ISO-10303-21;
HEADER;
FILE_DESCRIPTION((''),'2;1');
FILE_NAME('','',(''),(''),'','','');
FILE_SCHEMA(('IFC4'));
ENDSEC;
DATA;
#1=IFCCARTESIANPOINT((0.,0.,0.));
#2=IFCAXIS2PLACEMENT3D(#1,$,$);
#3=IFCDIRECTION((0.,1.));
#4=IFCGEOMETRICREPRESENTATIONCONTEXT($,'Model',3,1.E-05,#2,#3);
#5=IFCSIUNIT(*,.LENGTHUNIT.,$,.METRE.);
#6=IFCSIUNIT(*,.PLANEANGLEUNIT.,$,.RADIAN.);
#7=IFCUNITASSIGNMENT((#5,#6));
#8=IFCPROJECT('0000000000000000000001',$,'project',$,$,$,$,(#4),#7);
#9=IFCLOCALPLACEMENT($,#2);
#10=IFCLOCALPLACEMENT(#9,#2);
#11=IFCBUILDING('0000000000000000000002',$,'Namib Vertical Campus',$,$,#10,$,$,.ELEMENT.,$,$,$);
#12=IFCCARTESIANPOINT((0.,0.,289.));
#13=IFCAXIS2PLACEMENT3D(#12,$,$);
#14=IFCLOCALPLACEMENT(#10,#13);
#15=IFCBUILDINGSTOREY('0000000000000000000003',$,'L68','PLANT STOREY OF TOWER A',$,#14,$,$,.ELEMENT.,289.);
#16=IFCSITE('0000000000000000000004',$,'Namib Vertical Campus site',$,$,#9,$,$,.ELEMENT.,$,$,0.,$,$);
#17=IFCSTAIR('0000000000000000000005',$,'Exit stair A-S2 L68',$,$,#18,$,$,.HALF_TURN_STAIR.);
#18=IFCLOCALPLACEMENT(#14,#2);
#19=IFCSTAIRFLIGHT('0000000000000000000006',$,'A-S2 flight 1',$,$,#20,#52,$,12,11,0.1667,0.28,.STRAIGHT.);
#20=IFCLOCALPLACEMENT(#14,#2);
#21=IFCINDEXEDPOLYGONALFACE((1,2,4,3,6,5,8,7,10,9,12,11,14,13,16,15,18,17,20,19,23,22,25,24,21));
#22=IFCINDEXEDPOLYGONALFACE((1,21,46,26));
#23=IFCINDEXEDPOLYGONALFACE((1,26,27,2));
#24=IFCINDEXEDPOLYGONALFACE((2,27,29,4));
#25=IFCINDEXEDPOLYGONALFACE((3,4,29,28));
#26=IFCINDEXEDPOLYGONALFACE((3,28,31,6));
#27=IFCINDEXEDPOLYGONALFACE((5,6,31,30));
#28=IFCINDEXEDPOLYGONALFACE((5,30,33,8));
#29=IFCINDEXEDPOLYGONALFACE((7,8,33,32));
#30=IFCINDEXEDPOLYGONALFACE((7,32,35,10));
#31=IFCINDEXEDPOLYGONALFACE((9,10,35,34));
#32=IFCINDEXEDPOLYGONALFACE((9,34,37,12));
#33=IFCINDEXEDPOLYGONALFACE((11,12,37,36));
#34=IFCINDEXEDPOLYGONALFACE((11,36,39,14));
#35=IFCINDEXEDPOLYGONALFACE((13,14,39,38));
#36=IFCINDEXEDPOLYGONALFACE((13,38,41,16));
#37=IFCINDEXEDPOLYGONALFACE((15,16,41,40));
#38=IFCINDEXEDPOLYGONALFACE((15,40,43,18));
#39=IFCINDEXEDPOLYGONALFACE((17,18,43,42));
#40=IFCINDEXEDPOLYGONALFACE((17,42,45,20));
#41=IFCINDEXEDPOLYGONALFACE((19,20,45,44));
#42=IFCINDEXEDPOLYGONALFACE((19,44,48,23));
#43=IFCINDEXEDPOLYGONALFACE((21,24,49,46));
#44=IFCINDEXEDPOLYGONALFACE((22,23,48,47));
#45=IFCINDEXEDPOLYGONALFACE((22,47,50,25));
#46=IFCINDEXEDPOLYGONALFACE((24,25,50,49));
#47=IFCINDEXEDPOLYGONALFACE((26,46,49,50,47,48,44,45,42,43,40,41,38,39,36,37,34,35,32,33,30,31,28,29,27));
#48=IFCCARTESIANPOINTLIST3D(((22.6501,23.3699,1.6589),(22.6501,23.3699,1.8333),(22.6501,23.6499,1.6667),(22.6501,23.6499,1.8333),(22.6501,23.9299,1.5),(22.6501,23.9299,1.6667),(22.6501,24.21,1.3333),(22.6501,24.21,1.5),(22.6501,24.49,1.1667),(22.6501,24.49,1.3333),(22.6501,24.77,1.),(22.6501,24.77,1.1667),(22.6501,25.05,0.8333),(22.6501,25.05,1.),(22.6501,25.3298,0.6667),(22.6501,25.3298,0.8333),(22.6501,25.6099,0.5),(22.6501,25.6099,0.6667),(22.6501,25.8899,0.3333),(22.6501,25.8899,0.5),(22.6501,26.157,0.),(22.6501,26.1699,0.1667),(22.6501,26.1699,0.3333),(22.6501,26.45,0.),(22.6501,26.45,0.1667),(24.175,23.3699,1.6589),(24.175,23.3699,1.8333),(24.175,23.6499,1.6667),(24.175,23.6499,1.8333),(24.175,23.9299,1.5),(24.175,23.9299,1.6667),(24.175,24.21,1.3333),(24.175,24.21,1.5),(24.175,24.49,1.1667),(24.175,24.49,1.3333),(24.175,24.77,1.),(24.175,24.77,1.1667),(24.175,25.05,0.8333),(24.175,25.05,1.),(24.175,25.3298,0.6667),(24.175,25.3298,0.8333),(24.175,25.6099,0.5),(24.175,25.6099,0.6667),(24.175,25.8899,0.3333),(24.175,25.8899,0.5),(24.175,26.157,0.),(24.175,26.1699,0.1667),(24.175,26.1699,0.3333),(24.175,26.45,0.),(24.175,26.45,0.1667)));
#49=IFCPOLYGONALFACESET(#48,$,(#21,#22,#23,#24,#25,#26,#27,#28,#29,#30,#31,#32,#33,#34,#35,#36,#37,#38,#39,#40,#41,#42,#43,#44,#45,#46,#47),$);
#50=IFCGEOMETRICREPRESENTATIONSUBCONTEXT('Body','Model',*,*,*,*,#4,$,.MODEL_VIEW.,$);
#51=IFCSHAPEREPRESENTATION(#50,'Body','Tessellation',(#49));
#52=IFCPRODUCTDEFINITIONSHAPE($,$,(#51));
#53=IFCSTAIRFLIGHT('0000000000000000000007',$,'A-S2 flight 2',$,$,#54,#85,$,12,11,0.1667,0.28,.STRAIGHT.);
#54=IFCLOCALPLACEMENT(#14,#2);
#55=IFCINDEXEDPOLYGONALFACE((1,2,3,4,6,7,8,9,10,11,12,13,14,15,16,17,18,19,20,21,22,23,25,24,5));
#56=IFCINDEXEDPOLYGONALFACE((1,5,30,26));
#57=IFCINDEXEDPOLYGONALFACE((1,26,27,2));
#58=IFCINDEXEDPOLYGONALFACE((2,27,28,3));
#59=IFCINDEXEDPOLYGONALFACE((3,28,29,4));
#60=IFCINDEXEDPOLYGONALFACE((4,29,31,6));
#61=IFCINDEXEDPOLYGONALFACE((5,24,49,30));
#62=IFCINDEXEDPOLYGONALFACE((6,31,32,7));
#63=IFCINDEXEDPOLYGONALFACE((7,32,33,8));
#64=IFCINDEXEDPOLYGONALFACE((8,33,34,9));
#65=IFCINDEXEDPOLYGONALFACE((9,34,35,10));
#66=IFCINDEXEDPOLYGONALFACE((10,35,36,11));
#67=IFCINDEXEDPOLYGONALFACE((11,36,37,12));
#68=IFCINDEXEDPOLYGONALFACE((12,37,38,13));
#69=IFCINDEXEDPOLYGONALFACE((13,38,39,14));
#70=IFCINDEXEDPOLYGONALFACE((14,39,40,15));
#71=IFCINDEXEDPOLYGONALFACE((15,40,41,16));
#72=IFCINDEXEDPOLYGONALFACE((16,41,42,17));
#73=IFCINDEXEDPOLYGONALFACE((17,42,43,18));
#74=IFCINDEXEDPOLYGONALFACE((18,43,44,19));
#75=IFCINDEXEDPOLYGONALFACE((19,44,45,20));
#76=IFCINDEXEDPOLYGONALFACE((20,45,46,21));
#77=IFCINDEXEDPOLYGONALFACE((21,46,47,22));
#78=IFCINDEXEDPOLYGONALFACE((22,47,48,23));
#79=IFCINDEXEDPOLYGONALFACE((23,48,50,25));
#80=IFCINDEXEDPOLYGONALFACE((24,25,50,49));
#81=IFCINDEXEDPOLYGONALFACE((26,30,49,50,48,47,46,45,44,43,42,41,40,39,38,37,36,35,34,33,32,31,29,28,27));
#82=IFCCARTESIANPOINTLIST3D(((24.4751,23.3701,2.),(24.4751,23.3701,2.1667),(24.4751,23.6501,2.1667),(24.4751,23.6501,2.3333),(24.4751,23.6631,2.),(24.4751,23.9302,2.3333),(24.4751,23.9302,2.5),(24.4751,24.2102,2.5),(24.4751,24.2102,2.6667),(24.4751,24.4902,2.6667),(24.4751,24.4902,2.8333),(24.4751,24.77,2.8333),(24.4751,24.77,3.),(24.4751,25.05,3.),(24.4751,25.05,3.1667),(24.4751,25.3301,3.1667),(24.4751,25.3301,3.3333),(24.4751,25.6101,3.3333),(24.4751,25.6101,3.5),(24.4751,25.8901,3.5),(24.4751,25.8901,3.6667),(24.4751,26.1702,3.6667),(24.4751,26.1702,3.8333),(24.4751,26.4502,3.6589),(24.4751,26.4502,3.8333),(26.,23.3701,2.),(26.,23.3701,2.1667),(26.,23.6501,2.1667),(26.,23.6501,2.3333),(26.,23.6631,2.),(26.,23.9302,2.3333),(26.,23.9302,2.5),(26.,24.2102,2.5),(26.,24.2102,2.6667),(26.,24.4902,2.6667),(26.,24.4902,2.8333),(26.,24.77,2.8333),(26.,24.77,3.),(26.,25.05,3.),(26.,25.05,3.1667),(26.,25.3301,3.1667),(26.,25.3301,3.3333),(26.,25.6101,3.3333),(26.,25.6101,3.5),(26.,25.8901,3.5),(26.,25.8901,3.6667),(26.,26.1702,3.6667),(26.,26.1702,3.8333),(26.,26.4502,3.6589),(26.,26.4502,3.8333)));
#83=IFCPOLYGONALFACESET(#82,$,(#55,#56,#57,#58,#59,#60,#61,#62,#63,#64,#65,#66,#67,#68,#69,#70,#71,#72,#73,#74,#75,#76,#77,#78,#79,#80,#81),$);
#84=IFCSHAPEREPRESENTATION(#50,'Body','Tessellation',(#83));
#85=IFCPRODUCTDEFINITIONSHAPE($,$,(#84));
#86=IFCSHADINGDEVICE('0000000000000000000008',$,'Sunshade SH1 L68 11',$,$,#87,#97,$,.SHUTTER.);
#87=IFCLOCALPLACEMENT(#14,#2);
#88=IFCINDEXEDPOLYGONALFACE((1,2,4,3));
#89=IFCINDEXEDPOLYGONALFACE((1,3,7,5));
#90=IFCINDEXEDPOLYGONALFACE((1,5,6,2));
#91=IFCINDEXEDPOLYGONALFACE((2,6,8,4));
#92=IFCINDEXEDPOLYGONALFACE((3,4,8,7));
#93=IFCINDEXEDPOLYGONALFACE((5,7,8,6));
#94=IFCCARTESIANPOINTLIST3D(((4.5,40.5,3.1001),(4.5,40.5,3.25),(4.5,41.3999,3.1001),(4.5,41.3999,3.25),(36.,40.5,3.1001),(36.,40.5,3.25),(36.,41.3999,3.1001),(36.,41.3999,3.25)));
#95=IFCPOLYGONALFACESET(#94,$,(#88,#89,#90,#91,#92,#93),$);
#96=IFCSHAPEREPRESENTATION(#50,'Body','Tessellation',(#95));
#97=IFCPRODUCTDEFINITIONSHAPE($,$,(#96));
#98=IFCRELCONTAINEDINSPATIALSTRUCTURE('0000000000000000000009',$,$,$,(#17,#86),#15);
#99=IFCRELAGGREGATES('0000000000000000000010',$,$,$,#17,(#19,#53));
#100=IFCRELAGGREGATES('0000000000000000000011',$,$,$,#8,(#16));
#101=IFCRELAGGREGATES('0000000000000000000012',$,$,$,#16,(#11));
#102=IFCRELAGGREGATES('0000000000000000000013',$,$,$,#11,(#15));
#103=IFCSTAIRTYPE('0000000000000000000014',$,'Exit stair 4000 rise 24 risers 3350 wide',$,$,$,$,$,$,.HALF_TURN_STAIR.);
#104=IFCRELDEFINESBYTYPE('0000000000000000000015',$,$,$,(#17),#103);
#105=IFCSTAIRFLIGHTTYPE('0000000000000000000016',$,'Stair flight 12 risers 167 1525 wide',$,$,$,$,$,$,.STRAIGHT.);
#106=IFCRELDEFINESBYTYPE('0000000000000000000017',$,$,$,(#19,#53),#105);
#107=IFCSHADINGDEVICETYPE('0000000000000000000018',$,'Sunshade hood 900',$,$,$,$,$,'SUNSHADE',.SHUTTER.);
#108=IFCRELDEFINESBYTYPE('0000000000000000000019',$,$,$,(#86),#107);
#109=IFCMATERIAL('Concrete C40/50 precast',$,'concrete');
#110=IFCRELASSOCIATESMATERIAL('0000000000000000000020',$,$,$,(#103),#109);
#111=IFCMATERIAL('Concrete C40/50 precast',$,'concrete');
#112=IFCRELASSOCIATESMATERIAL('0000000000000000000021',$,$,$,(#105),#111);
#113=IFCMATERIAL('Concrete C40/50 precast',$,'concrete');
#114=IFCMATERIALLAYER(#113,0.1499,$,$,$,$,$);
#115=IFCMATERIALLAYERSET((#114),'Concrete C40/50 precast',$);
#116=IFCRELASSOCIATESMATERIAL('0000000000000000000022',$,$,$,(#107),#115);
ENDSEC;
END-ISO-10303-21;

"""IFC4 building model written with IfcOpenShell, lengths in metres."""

from ifc_helpers import new_model, si_unit, direction, frame, origin, origin_2d, place, context, subcontext, project, spatial, polyline, rectangle, outline, extrude, material, layer, layer_set, type_object, element, aggregate, save


model = new_model("IFC4")

# Units and contexts
model_context = context("Model", 3, precision=1e-05, world=origin(), true_north=direction((0.0, 1.0)))
body_context = subcontext(model_context, "Body", "Model", "MODEL_VIEW")
ifc_project = project(units=[si_unit("LENGTHUNIT", "METRE"), si_unit("PLANEANGLEUNIT", "RADIAN")], contexts=[model_context])

# Site, building, storey
site_placement = place(None, origin())
site = spatial("IfcSite", under=ifc_project, at=site_placement, Name="Namib Vertical Campus site", CompositionType="ELEMENT", RefElevation=0.0)
building_placement = place(site_placement, origin())
building = spatial("IfcBuilding", under=site, at=building_placement, Name="Namib Vertical Campus", CompositionType="ELEMENT")
storey_placement = place(building_placement, frame((0.0, 0.0, 289.0)))
storey = spatial("IfcBuildingStorey", under=building, at=storey_placement, Name="L68", Description="PLANT STOREY OF TOWER A", CompositionType="ELEMENT", Elevation=289.0)

# Stair, stair flights
ifc_material_1 = material(Name="Concrete C40/50 precast", Category="concrete")
stair_type = type_object("IfcStairType", Name="Exit stair 4000 rise 24 risers 3350 wide", PredefinedType="HALF_TURN_STAIR", material=ifc_material_1)
stair_placement = place(storey_placement, origin())
stair = element("IfcStair", 1, at=stair_placement, inside=storey, type_object=stair_type, Name="Exit stair A-S2 L68", PredefinedType="HALF_TURN_STAIR")
ifc_material_2 = material(Name="Concrete C40/50 precast", Category="concrete")
stair_flight_type = type_object("IfcStairFlightType", Name="Stair flight 12 risers 167 1525 wide", PredefinedType="STRAIGHT", material=ifc_material_2)
stair_flight_1_placement = place(storey_placement, frame((23.4126, 26.45, 0.0), z_axis=(0.0, 0.0, 1.0), x_axis=(0.0, -1.0, 0.0)))
stair_flight_1 = element("IfcStairFlight", 2, at=stair_flight_1_placement, type_object=stair_flight_type, Name="A-S2 flight 1", NumberOfRisers=12, NumberOfTreads=11, PredefinedType="STRAIGHT", RiserHeight=0.1667, TreadLength=0.28, context=body_context, shape_type="SweptSolid", body=[
    extrude(outline(polyline([(0.0, 0.0), (0.0, 0.1667), (0.28, 0.1667), (0.28, 0.3333), (0.5601, 0.3333), (0.5601, 0.5), (0.8401, 0.5), (0.8401, 0.6667), (1.1201, 0.6667), (1.1201, 0.8333), (1.3999, 0.8333), (1.3999, 1.0), (1.6799, 1.0), (1.6799, 1.1667), (1.96, 1.1667), (1.96, 1.3333), (2.24, 1.3333), (2.24, 1.5), (2.52, 1.5), (2.52, 1.6667), (2.8, 1.6667), (2.8, 1.8333), (3.0801, 1.8333), (3.0801, 2.0), (3.0801, 1.6589), (0.293, 0.0), (0.0, 0.0)])), frame((0.0, 0.7625, 0.0), z_axis=(0.0, -1.0, 0.0), x_axis=(1.0, 0.0, 0.0)), (0.0, 0.0, 1.0), 1.5249),
])
stair_flight_2_placement = place(storey_placement, frame((25.2375, 23.3701, 2.0), z_axis=(0.0, 0.0, 1.0), x_axis=(0.0, 1.0, 0.0)))
stair_flight_2 = element("IfcStairFlight", 3, at=stair_flight_2_placement, type_object=stair_flight_type, Name="A-S2 flight 2", NumberOfRisers=12, NumberOfTreads=11, PredefinedType="STRAIGHT", RiserHeight=0.1667, TreadLength=0.28, context=body_context, shape_type="SweptSolid", body=[
    extrude(outline(polyline([(0.0, 0.0), (0.0, 0.1667), (0.28, 0.1667), (0.28, 0.3333), (0.5601, 0.3333), (0.5601, 0.5), (0.8401, 0.5), (0.8401, 0.6667), (1.1201, 0.6667), (1.1201, 0.8333), (1.3999, 0.8333), (1.3999, 1.0), (1.6799, 1.0), (1.6799, 1.1667), (1.96, 1.1667), (1.96, 1.3333), (2.24, 1.3333), (2.24, 1.5), (2.52, 1.5), (2.52, 1.6667), (2.8, 1.6667), (2.8, 1.8333), (3.0801, 1.8333), (3.0801, 2.0), (3.0801, 1.6589), (0.293, 0.0), (0.0, 0.0)])), frame((0.0, 0.7625, 0.0), z_axis=(0.0, -1.0, 0.0), x_axis=(1.0, 0.0, 0.0)), (0.0, 0.0, 1.0), 1.5249),
])
aggregate(stair, [stair_flight_1, stair_flight_2])

# Shading device
ifc_material_3 = material(Name="Concrete C40/50 precast", Category="concrete")
ifc_layer_1 = layer(ifc_material_3, 0.1499)
ifc_layer_set_1 = layer_set([ifc_layer_1], Name="Concrete C40/50 precast")
shading_device_type = type_object("IfcShadingDeviceType", Name="Sunshade hood 900", ElementType="SUNSHADE", PredefinedType="SHUTTER", material=ifc_layer_set_1)
shading_device_placement = place(storey_placement, frame((20.25, 40.95, 3.1001), z_axis=(0.0, 0.0, 1.0), x_axis=(-1.0, 0.0, 0.0)))
element("IfcShadingDevice", 4, at=shading_device_placement, inside=storey, type_object=shading_device_type, Name="Sunshade SH1 L68 11", PredefinedType="SHUTTER", context=body_context, shape_type="SweptSolid", body=[
    extrude(rectangle(XDim=31.5, YDim=0.8999, at=origin_2d()), origin(), (0.0, 0.0, 1.0), 0.1499),
])

save(model, "model.ifc")
